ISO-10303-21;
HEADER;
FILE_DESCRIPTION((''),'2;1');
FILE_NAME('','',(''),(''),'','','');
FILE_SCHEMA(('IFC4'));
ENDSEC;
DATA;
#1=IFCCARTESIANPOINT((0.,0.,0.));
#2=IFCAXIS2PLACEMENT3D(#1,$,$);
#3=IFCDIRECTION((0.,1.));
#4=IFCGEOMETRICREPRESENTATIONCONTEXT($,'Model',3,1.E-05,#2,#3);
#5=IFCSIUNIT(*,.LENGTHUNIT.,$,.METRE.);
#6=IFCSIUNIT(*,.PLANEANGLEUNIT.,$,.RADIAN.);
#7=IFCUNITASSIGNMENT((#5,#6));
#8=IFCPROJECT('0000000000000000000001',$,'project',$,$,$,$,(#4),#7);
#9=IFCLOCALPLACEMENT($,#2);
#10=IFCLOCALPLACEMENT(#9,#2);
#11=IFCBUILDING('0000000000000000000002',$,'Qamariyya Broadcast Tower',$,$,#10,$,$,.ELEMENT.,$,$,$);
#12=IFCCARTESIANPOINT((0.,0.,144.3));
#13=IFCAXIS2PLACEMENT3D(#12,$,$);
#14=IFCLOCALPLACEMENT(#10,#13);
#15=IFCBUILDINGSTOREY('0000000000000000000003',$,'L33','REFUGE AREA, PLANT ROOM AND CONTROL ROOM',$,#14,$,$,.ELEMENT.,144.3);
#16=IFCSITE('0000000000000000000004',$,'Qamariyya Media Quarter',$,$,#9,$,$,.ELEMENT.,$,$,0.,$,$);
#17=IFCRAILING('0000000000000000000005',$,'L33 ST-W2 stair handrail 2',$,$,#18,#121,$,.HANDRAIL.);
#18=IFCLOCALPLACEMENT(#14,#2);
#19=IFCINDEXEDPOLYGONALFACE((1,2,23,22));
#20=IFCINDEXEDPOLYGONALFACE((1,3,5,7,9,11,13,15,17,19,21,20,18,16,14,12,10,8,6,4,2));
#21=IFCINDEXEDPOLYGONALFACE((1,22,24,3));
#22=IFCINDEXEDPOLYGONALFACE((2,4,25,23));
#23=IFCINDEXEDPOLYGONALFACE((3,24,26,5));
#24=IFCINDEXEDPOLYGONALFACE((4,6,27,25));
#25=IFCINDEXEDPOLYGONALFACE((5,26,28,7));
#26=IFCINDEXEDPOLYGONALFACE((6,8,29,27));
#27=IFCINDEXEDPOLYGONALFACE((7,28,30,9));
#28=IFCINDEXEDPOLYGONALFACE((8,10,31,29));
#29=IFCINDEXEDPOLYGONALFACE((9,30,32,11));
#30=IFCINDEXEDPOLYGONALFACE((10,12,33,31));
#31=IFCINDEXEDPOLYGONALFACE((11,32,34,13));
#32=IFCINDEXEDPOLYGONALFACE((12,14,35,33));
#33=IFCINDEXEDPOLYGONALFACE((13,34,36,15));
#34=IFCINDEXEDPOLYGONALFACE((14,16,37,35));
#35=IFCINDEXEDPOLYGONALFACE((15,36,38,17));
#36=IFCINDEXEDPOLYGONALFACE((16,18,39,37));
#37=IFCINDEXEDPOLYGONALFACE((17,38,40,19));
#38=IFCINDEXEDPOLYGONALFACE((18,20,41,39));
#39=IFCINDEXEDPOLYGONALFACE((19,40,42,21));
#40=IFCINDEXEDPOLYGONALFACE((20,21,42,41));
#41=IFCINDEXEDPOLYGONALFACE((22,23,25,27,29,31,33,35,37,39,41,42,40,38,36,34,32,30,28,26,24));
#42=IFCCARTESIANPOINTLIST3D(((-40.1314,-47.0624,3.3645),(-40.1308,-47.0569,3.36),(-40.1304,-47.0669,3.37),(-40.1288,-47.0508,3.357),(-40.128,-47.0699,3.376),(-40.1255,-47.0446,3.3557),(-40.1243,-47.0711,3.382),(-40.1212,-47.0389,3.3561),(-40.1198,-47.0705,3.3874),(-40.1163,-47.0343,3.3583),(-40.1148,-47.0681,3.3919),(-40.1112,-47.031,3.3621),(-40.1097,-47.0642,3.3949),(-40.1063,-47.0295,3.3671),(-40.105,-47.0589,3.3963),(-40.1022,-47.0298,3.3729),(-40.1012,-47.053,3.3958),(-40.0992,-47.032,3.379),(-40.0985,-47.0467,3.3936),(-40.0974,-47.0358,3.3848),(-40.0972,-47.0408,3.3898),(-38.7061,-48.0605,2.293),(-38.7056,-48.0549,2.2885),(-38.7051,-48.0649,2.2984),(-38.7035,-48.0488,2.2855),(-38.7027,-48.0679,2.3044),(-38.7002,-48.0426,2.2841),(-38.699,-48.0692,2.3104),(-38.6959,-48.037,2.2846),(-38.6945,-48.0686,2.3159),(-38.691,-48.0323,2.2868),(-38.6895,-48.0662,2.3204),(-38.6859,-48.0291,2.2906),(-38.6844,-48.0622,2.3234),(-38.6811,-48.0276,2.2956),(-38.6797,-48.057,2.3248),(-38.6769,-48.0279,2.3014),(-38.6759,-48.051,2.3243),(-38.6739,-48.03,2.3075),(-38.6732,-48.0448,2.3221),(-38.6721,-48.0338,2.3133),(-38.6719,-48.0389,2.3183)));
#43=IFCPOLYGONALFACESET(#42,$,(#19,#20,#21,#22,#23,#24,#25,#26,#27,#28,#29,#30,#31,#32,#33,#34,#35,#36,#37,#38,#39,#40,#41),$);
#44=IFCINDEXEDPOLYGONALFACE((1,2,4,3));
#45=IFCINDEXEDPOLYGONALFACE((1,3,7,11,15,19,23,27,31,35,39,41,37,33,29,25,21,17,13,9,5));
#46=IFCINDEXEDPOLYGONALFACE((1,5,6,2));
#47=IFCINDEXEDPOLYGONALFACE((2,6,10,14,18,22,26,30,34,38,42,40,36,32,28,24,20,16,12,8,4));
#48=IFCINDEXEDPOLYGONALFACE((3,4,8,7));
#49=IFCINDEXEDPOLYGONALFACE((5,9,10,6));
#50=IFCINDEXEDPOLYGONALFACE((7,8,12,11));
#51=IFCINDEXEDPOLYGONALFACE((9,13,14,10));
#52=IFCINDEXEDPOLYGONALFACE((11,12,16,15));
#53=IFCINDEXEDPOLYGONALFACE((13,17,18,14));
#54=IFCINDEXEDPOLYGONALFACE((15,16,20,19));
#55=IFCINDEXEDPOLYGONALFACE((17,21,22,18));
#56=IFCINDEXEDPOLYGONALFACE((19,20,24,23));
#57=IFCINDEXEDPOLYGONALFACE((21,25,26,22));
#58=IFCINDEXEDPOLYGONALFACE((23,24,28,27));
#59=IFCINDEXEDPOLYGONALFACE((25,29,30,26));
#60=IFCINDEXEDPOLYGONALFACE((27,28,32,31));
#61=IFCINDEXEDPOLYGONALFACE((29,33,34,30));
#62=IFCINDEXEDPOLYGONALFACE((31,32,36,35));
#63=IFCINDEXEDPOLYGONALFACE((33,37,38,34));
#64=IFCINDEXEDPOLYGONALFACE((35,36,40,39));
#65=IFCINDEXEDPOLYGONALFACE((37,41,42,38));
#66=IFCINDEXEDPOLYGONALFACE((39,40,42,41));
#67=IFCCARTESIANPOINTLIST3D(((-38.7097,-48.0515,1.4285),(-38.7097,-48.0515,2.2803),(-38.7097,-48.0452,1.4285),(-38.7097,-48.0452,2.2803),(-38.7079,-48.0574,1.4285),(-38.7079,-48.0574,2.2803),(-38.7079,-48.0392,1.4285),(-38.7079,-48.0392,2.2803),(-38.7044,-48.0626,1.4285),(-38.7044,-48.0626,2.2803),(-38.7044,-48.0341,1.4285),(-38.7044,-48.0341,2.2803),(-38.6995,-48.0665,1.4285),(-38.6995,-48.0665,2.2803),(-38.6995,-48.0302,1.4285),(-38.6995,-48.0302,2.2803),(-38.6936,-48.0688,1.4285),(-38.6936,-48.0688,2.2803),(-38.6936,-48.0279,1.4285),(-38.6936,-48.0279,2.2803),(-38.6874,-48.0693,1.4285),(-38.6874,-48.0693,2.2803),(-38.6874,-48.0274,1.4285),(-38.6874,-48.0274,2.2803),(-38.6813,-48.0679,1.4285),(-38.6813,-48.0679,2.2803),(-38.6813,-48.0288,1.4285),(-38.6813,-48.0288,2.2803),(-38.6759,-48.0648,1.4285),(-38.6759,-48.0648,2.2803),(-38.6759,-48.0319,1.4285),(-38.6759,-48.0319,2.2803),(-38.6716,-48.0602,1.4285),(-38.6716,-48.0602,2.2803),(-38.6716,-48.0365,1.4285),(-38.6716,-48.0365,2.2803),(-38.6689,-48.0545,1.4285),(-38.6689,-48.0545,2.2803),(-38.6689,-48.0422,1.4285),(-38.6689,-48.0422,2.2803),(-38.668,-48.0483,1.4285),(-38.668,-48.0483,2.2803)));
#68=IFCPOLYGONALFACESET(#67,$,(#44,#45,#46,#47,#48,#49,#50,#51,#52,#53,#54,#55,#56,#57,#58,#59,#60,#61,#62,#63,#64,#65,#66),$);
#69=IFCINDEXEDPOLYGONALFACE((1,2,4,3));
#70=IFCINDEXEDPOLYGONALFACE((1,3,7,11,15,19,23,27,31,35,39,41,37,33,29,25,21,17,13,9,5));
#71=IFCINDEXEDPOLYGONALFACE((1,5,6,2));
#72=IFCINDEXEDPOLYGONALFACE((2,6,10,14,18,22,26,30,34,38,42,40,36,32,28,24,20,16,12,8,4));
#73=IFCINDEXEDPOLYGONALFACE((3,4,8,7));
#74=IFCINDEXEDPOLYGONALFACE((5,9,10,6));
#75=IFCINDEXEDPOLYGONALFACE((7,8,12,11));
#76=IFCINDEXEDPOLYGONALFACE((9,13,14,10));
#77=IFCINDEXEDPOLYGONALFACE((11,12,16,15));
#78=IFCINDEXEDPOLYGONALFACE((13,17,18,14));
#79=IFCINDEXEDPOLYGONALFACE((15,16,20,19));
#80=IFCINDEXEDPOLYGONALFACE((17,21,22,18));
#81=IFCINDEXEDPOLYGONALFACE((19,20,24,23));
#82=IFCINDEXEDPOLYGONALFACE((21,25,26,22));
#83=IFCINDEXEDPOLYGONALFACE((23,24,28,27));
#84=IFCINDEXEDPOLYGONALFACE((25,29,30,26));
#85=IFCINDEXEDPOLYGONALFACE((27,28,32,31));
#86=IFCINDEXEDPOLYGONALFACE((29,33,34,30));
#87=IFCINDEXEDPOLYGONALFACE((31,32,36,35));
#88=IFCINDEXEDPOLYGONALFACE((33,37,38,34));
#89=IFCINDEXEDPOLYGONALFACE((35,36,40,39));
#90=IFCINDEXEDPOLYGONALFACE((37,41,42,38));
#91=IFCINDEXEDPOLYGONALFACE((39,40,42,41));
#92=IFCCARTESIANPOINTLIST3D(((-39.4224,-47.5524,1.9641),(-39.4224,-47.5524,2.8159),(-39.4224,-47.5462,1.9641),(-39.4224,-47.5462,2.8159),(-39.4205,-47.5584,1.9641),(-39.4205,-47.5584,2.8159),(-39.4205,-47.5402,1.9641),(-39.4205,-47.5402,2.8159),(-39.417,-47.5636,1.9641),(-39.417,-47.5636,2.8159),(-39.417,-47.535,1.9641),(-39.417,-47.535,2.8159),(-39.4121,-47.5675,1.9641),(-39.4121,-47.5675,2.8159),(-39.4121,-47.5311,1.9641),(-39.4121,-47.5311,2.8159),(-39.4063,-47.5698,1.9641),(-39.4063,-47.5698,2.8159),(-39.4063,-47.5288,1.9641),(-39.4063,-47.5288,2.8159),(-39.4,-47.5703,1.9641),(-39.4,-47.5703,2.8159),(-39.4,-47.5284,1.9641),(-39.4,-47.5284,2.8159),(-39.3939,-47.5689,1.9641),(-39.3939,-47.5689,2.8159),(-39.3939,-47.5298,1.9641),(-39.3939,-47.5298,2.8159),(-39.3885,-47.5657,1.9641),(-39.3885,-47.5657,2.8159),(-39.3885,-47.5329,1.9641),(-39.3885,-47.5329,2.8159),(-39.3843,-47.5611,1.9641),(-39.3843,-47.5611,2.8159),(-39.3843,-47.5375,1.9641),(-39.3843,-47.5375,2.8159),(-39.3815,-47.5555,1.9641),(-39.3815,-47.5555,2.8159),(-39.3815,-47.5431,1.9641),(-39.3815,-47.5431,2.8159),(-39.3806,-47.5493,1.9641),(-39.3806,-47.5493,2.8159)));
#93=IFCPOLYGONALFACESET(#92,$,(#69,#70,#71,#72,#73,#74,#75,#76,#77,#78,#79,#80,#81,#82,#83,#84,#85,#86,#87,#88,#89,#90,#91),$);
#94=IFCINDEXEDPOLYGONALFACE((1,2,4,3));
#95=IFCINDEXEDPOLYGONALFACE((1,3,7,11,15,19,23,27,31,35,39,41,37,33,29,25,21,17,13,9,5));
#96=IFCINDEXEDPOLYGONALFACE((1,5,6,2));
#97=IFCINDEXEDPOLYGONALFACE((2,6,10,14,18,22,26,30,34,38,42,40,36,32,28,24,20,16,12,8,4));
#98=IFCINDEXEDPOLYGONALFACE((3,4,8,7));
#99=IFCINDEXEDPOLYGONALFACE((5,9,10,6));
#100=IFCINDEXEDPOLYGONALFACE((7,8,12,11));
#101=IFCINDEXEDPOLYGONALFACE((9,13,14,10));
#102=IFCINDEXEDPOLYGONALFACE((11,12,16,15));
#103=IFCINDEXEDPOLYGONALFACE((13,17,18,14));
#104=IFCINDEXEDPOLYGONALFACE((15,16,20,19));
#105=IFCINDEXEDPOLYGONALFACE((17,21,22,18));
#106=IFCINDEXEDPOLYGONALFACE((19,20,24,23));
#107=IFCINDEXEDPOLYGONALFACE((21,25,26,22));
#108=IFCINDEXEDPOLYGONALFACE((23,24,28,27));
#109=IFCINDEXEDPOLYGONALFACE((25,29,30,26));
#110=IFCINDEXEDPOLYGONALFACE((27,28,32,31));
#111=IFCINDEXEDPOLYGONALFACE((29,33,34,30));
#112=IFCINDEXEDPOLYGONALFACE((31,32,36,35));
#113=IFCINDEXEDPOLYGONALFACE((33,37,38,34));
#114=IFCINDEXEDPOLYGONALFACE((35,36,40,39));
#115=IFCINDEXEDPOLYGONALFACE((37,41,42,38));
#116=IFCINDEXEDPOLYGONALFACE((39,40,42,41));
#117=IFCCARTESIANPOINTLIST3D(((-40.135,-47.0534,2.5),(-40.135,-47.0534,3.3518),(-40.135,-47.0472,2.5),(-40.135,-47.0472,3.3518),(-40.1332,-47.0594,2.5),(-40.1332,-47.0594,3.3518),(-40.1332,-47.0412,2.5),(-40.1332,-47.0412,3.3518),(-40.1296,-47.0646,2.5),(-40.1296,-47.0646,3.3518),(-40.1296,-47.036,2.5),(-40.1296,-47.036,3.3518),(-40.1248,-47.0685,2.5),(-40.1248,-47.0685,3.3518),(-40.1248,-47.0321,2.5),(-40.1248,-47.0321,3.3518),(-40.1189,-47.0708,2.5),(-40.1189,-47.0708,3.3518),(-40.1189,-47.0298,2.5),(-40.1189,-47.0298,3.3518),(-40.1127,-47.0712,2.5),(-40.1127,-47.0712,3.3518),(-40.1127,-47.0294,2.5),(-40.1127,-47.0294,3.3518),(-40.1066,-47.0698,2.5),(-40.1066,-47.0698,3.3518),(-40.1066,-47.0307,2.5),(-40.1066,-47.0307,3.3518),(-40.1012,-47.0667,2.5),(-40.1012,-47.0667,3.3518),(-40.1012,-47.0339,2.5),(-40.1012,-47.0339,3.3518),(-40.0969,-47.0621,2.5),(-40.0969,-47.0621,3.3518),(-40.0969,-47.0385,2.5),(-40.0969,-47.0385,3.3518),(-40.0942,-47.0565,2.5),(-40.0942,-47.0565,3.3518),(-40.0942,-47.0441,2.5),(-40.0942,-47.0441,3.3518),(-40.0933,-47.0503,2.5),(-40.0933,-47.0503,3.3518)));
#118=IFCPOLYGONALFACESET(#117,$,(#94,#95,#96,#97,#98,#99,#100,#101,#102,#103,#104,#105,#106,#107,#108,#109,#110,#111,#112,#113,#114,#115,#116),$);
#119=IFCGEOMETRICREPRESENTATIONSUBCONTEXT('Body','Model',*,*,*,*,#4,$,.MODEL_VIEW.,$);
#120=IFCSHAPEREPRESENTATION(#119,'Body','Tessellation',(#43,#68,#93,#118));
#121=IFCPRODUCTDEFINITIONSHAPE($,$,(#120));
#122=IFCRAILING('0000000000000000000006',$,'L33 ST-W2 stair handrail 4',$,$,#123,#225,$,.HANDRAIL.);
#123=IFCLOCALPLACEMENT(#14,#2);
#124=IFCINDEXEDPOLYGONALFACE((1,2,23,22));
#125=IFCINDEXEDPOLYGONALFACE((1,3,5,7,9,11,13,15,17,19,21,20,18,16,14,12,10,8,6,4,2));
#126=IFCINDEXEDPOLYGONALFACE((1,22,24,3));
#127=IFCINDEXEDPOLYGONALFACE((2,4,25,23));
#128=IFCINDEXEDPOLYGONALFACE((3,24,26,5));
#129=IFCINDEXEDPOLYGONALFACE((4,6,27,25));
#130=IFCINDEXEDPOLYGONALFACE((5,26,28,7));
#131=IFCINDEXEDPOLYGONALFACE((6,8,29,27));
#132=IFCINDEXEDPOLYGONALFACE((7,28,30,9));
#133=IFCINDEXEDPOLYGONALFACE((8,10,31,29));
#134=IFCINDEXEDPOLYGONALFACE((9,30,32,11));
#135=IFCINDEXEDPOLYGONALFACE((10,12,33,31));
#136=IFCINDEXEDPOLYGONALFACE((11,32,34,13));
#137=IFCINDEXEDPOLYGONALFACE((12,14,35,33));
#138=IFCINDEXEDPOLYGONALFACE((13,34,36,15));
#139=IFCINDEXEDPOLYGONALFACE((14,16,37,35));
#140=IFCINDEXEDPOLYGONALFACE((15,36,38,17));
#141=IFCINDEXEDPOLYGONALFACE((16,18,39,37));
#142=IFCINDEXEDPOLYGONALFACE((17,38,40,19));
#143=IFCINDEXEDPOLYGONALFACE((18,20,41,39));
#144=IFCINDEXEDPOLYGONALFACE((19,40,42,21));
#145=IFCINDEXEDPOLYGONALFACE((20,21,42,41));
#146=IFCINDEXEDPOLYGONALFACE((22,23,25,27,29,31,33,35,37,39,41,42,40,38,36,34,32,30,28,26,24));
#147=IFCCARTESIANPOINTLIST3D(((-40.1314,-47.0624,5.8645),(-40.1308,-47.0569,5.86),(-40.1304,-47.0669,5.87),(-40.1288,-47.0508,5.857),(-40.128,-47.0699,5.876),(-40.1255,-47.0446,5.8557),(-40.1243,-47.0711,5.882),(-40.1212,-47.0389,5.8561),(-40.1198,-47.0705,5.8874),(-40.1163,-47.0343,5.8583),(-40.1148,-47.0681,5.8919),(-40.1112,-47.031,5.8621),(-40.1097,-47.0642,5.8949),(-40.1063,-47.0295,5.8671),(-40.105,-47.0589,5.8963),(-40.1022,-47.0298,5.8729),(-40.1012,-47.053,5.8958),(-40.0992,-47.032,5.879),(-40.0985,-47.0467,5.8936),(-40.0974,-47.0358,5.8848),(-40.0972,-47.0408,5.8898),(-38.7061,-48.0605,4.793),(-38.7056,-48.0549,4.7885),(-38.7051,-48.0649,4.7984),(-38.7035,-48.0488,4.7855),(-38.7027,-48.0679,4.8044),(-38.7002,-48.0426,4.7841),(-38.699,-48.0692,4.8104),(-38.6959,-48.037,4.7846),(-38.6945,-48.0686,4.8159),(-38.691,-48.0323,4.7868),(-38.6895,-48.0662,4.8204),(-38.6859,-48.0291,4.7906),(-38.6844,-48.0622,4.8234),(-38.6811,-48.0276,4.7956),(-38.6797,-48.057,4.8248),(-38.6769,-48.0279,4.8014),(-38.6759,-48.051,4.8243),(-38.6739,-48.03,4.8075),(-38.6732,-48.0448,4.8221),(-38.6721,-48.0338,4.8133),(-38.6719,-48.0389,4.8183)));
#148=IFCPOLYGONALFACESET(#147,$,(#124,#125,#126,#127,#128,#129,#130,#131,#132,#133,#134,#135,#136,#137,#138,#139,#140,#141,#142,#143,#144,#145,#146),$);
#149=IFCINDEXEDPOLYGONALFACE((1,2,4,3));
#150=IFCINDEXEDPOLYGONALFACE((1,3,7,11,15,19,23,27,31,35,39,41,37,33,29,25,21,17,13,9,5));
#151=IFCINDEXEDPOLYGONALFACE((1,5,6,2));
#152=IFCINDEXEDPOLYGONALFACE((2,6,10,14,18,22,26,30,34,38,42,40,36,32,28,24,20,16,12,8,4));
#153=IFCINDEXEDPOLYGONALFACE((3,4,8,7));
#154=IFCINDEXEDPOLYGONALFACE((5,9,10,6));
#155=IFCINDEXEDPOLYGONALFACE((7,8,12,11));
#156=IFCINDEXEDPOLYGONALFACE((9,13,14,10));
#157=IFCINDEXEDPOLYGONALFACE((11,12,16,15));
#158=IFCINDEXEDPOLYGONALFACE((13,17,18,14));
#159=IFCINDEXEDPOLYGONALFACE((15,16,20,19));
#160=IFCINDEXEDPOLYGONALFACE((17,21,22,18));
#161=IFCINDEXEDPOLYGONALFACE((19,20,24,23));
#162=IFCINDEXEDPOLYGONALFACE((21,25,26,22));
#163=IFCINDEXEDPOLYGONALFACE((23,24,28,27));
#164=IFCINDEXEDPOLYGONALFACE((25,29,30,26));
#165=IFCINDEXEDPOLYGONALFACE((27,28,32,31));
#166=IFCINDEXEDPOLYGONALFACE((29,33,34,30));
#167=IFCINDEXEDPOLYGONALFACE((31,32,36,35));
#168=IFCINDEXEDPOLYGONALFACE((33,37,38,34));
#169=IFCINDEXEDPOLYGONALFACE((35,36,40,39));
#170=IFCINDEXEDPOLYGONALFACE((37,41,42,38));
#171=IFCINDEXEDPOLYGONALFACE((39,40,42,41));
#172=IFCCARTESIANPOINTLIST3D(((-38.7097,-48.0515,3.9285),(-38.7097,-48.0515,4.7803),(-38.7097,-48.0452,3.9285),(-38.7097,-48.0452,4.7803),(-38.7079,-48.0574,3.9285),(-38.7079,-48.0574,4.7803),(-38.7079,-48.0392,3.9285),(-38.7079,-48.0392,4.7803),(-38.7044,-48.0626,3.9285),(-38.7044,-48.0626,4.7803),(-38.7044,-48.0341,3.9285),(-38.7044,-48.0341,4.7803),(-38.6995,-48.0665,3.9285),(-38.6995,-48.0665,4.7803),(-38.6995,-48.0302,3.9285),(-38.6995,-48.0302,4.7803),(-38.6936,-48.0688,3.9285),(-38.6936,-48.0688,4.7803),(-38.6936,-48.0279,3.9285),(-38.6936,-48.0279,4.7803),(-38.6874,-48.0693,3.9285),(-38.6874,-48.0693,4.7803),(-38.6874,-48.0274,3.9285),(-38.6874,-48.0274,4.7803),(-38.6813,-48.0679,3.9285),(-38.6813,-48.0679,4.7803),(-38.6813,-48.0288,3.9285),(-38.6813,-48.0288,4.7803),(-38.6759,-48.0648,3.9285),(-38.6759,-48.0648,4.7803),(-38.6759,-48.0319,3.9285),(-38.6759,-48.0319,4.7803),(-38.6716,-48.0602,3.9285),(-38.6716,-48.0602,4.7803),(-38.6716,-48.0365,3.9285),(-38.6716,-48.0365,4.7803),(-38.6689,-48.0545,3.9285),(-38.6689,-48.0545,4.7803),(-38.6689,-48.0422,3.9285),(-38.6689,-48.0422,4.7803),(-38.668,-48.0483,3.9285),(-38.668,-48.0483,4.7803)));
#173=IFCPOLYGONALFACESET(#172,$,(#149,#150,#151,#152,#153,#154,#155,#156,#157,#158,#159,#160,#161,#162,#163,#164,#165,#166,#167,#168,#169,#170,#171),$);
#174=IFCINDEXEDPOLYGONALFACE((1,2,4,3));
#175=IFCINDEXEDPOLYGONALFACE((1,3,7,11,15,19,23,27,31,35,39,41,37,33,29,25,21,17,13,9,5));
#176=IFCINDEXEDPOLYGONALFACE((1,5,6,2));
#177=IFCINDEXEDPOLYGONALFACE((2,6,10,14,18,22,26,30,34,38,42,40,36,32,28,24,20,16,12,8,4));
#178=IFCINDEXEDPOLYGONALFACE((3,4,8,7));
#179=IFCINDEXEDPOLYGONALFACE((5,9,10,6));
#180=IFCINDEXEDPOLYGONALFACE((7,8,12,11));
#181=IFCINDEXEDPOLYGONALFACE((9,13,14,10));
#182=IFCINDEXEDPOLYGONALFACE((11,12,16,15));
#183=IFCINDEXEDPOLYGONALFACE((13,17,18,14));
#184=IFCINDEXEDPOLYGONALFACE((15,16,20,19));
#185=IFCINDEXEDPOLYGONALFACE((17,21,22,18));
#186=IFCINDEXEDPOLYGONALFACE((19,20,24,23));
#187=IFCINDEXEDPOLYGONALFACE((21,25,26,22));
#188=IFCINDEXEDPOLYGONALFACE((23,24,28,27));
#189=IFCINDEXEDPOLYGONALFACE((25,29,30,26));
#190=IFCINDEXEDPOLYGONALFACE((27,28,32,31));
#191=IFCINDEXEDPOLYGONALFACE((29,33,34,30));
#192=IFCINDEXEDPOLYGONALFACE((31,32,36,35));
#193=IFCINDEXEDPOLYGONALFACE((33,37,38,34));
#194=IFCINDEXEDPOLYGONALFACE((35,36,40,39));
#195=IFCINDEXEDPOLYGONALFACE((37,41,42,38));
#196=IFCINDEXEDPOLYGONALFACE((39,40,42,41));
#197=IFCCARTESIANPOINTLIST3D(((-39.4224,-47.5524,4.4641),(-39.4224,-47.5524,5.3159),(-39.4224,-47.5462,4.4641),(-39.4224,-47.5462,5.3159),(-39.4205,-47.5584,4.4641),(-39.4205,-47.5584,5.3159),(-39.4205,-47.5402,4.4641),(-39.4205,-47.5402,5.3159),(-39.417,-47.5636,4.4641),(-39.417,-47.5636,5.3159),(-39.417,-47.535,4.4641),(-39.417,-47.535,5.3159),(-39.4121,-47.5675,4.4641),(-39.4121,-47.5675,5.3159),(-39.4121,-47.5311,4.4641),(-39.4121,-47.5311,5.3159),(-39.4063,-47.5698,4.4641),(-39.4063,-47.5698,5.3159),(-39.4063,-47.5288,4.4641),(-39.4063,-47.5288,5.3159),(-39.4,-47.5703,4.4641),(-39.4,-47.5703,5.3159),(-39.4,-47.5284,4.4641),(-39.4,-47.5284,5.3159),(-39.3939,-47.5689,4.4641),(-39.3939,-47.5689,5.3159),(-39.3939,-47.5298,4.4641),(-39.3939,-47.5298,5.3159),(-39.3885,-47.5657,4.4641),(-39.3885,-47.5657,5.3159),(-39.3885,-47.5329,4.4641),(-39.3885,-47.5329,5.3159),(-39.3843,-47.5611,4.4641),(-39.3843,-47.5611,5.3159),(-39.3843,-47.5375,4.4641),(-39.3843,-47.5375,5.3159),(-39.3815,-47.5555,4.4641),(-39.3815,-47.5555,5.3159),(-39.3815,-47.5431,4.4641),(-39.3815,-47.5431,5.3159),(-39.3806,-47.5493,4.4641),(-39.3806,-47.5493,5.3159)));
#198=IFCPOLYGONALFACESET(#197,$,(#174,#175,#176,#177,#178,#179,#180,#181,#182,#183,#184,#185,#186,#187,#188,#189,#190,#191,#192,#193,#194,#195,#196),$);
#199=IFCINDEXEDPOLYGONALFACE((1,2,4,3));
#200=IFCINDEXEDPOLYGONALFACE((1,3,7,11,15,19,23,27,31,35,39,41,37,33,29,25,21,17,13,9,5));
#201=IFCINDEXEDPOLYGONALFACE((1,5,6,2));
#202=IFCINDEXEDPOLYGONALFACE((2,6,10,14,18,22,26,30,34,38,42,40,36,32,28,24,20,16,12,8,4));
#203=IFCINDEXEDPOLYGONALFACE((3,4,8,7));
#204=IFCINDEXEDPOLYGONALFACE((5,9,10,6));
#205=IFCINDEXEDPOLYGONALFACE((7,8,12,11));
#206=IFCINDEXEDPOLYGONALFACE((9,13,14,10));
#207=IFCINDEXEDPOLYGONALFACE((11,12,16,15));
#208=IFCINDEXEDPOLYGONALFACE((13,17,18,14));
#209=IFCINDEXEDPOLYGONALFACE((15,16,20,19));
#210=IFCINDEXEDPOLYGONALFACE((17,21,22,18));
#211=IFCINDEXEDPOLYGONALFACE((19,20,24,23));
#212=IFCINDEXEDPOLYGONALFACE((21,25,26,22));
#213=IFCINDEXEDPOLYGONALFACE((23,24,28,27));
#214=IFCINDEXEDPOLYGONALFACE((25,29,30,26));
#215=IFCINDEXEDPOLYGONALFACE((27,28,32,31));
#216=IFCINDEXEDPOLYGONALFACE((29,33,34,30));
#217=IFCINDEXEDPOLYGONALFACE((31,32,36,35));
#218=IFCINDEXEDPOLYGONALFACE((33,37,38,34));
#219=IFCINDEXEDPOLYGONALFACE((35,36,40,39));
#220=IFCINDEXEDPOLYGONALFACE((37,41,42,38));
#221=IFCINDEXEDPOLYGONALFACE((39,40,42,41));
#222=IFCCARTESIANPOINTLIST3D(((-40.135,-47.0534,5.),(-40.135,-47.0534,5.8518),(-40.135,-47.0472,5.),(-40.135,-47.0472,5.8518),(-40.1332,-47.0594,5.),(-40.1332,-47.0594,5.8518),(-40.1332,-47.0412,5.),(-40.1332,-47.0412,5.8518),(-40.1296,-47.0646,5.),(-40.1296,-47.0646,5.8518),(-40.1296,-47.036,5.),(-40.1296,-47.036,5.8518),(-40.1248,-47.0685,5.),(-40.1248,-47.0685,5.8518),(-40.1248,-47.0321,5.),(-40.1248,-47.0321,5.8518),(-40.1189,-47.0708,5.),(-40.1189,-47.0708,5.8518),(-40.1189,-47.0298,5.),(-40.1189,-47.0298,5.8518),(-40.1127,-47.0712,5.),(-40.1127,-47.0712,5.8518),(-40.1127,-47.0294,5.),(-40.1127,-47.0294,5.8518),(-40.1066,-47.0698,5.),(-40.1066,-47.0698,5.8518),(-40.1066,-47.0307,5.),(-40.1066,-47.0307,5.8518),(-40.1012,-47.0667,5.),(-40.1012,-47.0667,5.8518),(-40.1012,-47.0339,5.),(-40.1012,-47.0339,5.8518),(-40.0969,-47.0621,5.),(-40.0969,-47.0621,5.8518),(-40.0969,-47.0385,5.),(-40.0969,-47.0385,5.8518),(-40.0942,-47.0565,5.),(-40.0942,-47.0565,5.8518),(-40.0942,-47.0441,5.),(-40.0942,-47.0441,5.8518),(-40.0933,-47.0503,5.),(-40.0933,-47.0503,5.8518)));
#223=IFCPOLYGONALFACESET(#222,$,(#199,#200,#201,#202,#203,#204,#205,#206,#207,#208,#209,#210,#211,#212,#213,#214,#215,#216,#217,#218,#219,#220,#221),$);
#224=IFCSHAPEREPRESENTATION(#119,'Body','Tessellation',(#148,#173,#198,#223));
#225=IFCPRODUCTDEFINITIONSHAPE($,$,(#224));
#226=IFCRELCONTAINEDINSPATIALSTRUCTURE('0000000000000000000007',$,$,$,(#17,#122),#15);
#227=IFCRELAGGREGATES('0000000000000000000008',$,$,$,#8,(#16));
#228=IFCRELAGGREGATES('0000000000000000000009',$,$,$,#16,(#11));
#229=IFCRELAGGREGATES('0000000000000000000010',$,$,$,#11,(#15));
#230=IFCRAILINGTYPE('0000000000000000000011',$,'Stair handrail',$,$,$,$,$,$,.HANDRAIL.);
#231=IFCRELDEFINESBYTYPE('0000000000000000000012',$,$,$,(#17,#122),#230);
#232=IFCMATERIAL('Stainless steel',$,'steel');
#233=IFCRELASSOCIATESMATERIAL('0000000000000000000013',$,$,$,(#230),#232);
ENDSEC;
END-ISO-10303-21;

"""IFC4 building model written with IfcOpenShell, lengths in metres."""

from ifc_helpers import new_model, si_unit, direction, frame, origin, origin_2d, place, context, subcontext, project, spatial, circle, extrude, material, type_object, element, save


model = new_model("IFC4")

# Units and contexts
model_context = context("Model", 3, precision=1e-05, world=origin(), true_north=direction((0.0, 1.0)))
body_context = subcontext(model_context, "Body", "Model", "MODEL_VIEW")
ifc_project = project(units=[si_unit("LENGTHUNIT", "METRE"), si_unit("PLANEANGLEUNIT", "RADIAN")], contexts=[model_context])

# Site, building, storey
site_placement = place(None, origin())
site = spatial("IfcSite", under=ifc_project, at=site_placement, Name="Qamariyya Media Quarter", CompositionType="ELEMENT", RefElevation=0.0)
building_placement = place(site_placement, origin())
building = spatial("IfcBuilding", under=site, at=building_placement, Name="Qamariyya Broadcast Tower", CompositionType="ELEMENT")
storey_placement = place(building_placement, frame((0.0, 0.0, 144.3)))
storey = spatial("IfcBuildingStorey", under=building, at=storey_placement, Name="L33", Description="REFUGE AREA, PLANT ROOM AND CONTROL ROOM", CompositionType="ELEMENT", Elevation=144.3)

# Railings
ifc_material_1 = material(Name="Stainless steel", Category="steel")
railing_type = type_object("IfcRailingType", Name="Stair handrail", PredefinedType="HANDRAIL", material=ifc_material_1)
for number, where, name in (
    (1, (-38.689, -48.0483, 1.4285), "L33 ST-W2 stair handrail 2"),
    (2, (-38.689, -48.0483, 3.9285), "L33 ST-W2 stair handrail 4"),
):
    element("IfcRailing", number, at=place(storey_placement, frame(where)), inside=storey, type_object=railing_type, Name=name, PredefinedType="HANDRAIL", context=body_context, shape_type="SweptSolid", body=[
        extrude(circle(Radius=0.0239, at=origin_2d()), frame((0.0, 0.0, 0.876), z_axis=(-0.697489, 0.48841, 0.524371), x_axis=(-0.573594, -0.81914, 0.0)), (0.0, 0.0, 1.0), 2.0435),
        extrude(circle(Radius=0.021, at=origin_2d()), origin(), (0.0, 0.0, 1.0), 0.8518),
        extrude(circle(Radius=0.021, at=origin_2d()), frame((-0.7126, 0.499, 0.5356)), (0.0, 0.0, 1.0), 0.8518),
        extrude(circle(Radius=0.021, at=origin_2d()), frame((-1.4253, 0.998, 1.0715)), (0.0, 0.0, 1.0), 0.8518),
    ])

save(model, "model.ifc")
